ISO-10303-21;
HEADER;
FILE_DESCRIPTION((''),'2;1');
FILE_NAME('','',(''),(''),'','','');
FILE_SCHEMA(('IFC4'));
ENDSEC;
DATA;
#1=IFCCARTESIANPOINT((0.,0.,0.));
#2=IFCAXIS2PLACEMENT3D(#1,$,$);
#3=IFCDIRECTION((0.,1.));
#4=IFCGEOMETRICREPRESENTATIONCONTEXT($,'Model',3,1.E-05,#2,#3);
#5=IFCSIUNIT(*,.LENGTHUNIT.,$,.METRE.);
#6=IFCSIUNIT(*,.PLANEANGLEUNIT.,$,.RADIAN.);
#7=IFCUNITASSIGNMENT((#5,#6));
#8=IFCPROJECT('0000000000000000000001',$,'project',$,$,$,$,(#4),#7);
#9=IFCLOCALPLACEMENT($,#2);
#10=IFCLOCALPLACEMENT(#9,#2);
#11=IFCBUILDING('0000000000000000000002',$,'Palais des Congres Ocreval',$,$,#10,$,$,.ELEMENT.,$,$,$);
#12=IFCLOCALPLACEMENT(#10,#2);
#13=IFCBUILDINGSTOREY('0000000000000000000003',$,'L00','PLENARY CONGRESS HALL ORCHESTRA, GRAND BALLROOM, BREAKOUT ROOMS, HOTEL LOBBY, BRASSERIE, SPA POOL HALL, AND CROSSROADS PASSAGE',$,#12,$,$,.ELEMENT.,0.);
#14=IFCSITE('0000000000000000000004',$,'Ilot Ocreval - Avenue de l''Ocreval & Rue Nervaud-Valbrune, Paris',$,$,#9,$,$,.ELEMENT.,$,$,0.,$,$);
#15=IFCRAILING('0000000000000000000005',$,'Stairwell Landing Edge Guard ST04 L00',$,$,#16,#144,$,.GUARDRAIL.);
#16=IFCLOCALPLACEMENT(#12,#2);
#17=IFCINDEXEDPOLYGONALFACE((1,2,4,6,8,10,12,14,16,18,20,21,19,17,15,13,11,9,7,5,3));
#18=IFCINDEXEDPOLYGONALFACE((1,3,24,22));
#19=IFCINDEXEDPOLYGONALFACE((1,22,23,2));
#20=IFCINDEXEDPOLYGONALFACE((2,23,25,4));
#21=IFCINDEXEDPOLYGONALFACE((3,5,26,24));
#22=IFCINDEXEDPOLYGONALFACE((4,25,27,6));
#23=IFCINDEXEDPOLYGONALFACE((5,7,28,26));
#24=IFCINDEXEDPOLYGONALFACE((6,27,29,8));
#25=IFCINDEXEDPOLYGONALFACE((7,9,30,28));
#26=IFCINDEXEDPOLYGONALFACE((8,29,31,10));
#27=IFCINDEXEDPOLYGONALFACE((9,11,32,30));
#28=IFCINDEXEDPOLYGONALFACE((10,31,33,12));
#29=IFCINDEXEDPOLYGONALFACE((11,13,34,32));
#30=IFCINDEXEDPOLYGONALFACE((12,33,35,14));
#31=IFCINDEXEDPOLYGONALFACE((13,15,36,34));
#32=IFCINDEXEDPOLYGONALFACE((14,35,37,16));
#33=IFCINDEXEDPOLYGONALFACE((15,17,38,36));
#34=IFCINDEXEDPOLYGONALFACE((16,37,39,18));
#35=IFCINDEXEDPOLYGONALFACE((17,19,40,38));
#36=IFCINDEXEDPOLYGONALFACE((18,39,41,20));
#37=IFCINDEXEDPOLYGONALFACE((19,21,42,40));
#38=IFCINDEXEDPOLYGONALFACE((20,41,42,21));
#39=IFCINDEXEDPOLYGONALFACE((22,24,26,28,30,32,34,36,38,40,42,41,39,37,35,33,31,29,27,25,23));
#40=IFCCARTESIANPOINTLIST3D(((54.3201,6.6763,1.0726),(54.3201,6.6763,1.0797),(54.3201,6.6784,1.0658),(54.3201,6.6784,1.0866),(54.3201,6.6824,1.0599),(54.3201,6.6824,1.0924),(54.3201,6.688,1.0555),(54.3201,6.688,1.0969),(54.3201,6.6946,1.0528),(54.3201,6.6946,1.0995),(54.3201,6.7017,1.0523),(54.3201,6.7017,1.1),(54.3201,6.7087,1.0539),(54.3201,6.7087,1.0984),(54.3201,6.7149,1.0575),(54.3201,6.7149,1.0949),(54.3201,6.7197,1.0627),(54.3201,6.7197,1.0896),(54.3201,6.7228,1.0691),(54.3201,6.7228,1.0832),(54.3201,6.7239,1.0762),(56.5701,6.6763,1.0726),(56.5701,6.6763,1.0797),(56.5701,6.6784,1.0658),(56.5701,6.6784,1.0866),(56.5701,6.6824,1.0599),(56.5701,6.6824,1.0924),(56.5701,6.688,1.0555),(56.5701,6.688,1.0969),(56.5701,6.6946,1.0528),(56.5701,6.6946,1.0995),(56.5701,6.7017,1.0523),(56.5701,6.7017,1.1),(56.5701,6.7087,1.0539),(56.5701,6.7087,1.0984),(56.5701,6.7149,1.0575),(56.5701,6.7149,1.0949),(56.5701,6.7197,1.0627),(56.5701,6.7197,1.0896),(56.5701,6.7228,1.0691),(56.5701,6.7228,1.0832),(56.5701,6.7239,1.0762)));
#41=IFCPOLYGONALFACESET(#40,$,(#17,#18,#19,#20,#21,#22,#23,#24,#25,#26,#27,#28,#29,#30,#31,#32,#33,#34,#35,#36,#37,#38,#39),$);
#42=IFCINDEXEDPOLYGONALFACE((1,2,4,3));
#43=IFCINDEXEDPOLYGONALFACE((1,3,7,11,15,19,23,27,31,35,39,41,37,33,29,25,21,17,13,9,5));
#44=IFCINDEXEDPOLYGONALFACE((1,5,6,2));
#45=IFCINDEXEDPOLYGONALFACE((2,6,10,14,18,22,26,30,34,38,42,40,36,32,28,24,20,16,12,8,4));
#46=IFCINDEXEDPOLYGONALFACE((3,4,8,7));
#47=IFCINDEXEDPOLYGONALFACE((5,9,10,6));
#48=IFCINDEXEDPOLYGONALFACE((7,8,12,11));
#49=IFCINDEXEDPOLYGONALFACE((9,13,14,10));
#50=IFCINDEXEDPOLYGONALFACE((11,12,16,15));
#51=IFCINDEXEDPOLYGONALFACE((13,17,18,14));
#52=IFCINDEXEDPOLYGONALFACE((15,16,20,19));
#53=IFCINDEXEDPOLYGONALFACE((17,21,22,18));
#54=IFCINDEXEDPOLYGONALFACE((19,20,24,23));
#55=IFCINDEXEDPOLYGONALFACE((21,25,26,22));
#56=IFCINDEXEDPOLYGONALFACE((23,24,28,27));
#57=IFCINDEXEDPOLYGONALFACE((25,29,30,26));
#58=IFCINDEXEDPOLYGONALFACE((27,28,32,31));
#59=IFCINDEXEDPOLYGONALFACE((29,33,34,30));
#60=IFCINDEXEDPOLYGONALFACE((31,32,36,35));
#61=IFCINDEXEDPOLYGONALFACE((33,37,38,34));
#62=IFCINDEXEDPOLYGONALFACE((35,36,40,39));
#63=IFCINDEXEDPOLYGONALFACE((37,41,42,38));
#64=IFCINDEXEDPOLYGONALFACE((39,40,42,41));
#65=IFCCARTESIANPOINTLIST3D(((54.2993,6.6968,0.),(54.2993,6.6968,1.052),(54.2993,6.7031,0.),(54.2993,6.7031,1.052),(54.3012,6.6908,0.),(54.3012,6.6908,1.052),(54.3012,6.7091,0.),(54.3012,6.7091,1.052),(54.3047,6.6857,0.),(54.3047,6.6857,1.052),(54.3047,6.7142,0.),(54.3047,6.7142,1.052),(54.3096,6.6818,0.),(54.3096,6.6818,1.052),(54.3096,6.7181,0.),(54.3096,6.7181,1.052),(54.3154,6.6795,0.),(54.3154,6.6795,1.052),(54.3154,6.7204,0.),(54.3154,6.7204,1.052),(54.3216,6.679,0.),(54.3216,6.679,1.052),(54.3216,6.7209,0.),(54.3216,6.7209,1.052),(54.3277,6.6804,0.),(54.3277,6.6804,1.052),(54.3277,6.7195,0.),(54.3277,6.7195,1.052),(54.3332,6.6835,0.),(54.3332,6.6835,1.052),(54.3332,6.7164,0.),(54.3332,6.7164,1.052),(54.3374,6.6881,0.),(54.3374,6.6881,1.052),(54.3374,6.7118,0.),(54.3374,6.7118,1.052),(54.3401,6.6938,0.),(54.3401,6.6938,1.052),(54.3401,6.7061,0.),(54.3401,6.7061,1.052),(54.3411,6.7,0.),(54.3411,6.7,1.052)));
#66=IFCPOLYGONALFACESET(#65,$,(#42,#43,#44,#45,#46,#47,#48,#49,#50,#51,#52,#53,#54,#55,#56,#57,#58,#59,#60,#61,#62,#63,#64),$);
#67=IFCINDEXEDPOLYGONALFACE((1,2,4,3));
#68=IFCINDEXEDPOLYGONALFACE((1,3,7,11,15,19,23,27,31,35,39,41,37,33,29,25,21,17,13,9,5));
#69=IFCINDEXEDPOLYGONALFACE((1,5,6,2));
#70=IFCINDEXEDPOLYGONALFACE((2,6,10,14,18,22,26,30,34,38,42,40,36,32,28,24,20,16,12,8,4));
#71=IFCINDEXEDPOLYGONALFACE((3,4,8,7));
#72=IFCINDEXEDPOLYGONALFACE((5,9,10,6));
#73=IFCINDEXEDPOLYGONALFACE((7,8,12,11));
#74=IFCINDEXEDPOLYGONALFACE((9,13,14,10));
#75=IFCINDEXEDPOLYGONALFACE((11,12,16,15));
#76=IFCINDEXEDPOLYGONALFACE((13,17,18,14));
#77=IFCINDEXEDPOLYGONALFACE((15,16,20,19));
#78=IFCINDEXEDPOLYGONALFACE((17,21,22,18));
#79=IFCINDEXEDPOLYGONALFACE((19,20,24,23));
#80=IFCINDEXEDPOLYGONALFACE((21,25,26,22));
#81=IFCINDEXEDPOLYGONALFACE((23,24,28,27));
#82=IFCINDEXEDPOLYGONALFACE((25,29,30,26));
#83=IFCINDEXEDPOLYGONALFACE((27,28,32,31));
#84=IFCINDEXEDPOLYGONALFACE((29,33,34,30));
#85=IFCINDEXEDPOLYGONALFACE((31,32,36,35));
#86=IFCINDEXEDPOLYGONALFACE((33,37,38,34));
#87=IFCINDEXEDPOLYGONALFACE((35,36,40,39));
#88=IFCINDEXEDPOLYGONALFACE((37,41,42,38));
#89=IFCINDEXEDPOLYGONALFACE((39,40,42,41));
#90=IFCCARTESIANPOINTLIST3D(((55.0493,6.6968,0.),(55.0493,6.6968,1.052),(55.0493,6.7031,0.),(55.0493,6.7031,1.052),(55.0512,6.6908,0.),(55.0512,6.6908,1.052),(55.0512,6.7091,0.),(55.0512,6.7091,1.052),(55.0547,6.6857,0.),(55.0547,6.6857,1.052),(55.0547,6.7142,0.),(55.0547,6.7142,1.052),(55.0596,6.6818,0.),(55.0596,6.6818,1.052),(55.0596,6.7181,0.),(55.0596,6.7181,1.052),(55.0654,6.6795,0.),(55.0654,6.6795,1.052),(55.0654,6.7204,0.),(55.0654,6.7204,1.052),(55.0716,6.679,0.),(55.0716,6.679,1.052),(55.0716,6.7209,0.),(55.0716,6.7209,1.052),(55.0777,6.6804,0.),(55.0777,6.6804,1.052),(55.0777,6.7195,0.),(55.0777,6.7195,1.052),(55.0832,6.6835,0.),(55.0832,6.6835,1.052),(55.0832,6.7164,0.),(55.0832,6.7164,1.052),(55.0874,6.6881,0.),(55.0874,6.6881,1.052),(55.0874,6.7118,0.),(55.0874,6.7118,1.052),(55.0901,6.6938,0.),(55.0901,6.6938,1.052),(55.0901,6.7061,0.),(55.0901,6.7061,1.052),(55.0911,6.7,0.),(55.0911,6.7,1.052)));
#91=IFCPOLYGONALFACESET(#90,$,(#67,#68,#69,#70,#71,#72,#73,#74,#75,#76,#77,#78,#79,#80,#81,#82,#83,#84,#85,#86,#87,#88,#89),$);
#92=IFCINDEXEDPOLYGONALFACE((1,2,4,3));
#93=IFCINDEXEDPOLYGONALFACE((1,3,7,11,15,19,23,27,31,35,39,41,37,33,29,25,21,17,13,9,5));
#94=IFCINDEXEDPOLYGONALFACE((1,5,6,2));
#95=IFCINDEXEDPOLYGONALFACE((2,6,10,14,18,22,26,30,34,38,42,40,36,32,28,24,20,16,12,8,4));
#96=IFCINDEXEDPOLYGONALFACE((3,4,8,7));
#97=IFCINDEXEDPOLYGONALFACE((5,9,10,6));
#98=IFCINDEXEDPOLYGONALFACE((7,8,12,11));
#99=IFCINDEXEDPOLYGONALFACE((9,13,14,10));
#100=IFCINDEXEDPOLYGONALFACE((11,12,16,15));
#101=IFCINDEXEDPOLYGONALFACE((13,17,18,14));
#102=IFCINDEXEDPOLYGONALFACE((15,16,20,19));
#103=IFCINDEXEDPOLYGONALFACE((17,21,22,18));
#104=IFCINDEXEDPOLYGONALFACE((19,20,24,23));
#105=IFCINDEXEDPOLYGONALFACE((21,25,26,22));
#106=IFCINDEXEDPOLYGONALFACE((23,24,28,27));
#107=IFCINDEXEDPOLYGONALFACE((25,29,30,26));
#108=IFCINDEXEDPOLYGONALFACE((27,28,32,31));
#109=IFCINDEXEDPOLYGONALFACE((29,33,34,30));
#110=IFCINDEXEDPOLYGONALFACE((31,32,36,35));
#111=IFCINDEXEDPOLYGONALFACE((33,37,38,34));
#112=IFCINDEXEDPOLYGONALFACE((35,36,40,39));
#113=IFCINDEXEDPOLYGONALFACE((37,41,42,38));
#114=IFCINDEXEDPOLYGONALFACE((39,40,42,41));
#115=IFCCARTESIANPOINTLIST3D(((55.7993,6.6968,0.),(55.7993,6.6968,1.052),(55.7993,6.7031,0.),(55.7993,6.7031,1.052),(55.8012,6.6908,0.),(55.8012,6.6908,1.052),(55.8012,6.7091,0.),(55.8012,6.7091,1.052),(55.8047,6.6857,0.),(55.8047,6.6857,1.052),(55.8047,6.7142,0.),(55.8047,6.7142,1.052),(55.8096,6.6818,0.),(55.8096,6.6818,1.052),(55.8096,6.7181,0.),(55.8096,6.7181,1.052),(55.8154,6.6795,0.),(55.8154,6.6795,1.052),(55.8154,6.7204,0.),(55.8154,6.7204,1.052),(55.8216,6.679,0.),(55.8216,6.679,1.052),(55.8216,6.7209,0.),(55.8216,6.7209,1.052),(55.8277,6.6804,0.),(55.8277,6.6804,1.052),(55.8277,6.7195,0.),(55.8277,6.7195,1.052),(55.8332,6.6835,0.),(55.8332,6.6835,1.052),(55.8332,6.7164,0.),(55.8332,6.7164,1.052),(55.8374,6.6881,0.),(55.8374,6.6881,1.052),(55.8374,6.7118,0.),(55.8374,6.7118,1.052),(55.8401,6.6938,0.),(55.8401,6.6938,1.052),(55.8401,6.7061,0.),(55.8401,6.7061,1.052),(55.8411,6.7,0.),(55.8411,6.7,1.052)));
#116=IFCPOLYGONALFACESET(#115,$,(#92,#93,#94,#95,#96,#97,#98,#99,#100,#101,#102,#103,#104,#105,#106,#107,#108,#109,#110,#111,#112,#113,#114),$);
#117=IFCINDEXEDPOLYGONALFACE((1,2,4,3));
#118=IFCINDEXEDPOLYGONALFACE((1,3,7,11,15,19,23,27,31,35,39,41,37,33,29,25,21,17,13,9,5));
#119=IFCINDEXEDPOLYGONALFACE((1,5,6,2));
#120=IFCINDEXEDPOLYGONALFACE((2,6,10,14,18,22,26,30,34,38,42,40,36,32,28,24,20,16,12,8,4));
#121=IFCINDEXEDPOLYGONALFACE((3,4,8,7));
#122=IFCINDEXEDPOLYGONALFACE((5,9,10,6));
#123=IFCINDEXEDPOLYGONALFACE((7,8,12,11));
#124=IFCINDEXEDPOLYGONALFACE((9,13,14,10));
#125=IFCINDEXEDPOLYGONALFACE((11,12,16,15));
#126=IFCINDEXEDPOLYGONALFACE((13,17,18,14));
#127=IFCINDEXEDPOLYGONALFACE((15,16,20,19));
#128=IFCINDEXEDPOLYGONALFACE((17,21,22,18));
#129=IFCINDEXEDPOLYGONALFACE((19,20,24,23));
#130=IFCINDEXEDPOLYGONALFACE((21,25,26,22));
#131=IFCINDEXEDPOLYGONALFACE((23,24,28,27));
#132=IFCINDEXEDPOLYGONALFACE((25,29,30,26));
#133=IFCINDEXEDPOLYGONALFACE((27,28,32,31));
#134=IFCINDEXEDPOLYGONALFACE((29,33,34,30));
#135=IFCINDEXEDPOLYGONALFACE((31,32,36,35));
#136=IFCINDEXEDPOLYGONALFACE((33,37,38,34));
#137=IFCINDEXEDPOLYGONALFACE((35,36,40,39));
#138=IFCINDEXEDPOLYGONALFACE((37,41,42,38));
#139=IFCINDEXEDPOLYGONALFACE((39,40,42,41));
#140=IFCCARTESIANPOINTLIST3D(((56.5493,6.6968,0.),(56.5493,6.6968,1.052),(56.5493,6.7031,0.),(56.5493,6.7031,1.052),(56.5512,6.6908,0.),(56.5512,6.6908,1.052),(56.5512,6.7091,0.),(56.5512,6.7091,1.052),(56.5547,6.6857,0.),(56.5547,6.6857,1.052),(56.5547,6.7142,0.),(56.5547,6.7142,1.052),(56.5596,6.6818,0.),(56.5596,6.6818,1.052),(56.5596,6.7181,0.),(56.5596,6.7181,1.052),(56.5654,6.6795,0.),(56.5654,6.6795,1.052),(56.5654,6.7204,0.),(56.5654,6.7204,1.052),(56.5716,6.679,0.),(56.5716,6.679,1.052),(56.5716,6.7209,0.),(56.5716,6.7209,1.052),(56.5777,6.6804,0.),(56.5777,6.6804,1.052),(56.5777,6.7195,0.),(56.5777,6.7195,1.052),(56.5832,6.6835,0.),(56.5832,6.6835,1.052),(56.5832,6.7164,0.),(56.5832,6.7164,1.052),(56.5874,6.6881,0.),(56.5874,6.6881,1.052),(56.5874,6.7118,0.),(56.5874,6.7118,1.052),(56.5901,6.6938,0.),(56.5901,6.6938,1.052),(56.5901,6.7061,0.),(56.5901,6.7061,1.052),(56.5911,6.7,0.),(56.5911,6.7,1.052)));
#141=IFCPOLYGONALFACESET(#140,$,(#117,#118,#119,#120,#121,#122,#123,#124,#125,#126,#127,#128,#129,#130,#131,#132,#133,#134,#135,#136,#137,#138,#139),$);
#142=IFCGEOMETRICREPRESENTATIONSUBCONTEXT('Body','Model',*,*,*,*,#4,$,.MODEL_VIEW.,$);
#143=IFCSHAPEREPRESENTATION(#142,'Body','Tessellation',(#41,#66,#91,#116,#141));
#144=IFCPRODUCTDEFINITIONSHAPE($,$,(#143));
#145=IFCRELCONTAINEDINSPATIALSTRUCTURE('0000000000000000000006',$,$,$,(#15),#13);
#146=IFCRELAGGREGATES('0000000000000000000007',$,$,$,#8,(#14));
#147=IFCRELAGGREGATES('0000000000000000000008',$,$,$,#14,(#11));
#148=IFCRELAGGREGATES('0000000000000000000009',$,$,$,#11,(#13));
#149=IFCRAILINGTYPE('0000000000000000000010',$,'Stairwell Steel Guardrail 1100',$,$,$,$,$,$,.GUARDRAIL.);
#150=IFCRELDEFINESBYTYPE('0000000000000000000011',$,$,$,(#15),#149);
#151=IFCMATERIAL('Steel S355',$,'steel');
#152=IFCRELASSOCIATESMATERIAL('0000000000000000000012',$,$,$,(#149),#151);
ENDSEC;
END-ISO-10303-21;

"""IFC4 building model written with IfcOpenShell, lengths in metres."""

from ifc_helpers import new_model, si_unit, direction, frame, origin, origin_2d, place, context, subcontext, project, spatial, circle, extrude, material, type_object, element, save


model = new_model("IFC4")

# Units and contexts
model_context = context("Model", 3, precision=1e-05, world=origin(), true_north=direction((0.0, 1.0)))
body_context = subcontext(model_context, "Body", "Model", "MODEL_VIEW")
ifc_project = project(units=[si_unit("LENGTHUNIT", "METRE"), si_unit("PLANEANGLEUNIT", "RADIAN")], contexts=[model_context])

# Site, building, storey
site_placement = place(None, origin())
site = spatial("IfcSite", under=ifc_project, at=site_placement, Name="Ilot Ocreval - Avenue de l'Ocreval & Rue Nervaud-Valbrune, Paris", CompositionType="ELEMENT", RefElevation=0.0)
building_placement = place(site_placement, origin())
building = spatial("IfcBuilding", under=site, at=building_placement, Name="Palais des Congres Ocreval", CompositionType="ELEMENT")
storey_placement = place(building_placement, origin())
storey = spatial("IfcBuildingStorey", under=building, at=storey_placement, Name="L00", Description="PLENARY CONGRESS HALL ORCHESTRA, GRAND BALLROOM, BREAKOUT ROOMS, HOTEL LOBBY, BRASSERIE, SPA POOL HALL, AND CROSSROADS PASSAGE", CompositionType="ELEMENT", Elevation=0.0)

# Shared definitions
ifc_material_1 = material(Name="Steel S355", Category="steel")

# Railing
railing_type_1 = type_object("IfcRailingType", Name="Stairwell Steel Guardrail 1100", PredefinedType="GUARDRAIL", material=ifc_material_1)
railing_1_placement = place(storey_placement, frame((54.3201, 6.7, 0.0)))
element("IfcRailing", 1, at=railing_1_placement, inside=storey, type_object=railing_type_1, Name="Stairwell Landing Edge Guard ST04 L00", PredefinedType="GUARDRAIL", context=body_context, shape_type="SweptSolid", body=[
    extrude(circle(Radius=0.0239, at=origin_2d()), frame((0.0, 0.0, 1.0762), z_axis=(1.0, 0.0, 0.0), x_axis=(0.0, 1.0, 0.0)), (0.0, 0.0, 1.0), 2.25),
    extrude(circle(Radius=0.021, at=origin_2d()), origin(), (0.0, 0.0, 1.0), 1.052),
    extrude(circle(Radius=0.021, at=origin_2d()), frame((0.75, 0.0, 0.0)), (0.0, 0.0, 1.0), 1.052),
    extrude(circle(Radius=0.021, at=origin_2d()), frame((1.5, 0.0, 0.0)), (0.0, 0.0, 1.0), 1.052),
    extrude(circle(Radius=0.021, at=origin_2d()), frame((2.25, 0.0, 0.0)), (0.0, 0.0, 1.0), 1.052),
])

save(model, "model.ifc")
